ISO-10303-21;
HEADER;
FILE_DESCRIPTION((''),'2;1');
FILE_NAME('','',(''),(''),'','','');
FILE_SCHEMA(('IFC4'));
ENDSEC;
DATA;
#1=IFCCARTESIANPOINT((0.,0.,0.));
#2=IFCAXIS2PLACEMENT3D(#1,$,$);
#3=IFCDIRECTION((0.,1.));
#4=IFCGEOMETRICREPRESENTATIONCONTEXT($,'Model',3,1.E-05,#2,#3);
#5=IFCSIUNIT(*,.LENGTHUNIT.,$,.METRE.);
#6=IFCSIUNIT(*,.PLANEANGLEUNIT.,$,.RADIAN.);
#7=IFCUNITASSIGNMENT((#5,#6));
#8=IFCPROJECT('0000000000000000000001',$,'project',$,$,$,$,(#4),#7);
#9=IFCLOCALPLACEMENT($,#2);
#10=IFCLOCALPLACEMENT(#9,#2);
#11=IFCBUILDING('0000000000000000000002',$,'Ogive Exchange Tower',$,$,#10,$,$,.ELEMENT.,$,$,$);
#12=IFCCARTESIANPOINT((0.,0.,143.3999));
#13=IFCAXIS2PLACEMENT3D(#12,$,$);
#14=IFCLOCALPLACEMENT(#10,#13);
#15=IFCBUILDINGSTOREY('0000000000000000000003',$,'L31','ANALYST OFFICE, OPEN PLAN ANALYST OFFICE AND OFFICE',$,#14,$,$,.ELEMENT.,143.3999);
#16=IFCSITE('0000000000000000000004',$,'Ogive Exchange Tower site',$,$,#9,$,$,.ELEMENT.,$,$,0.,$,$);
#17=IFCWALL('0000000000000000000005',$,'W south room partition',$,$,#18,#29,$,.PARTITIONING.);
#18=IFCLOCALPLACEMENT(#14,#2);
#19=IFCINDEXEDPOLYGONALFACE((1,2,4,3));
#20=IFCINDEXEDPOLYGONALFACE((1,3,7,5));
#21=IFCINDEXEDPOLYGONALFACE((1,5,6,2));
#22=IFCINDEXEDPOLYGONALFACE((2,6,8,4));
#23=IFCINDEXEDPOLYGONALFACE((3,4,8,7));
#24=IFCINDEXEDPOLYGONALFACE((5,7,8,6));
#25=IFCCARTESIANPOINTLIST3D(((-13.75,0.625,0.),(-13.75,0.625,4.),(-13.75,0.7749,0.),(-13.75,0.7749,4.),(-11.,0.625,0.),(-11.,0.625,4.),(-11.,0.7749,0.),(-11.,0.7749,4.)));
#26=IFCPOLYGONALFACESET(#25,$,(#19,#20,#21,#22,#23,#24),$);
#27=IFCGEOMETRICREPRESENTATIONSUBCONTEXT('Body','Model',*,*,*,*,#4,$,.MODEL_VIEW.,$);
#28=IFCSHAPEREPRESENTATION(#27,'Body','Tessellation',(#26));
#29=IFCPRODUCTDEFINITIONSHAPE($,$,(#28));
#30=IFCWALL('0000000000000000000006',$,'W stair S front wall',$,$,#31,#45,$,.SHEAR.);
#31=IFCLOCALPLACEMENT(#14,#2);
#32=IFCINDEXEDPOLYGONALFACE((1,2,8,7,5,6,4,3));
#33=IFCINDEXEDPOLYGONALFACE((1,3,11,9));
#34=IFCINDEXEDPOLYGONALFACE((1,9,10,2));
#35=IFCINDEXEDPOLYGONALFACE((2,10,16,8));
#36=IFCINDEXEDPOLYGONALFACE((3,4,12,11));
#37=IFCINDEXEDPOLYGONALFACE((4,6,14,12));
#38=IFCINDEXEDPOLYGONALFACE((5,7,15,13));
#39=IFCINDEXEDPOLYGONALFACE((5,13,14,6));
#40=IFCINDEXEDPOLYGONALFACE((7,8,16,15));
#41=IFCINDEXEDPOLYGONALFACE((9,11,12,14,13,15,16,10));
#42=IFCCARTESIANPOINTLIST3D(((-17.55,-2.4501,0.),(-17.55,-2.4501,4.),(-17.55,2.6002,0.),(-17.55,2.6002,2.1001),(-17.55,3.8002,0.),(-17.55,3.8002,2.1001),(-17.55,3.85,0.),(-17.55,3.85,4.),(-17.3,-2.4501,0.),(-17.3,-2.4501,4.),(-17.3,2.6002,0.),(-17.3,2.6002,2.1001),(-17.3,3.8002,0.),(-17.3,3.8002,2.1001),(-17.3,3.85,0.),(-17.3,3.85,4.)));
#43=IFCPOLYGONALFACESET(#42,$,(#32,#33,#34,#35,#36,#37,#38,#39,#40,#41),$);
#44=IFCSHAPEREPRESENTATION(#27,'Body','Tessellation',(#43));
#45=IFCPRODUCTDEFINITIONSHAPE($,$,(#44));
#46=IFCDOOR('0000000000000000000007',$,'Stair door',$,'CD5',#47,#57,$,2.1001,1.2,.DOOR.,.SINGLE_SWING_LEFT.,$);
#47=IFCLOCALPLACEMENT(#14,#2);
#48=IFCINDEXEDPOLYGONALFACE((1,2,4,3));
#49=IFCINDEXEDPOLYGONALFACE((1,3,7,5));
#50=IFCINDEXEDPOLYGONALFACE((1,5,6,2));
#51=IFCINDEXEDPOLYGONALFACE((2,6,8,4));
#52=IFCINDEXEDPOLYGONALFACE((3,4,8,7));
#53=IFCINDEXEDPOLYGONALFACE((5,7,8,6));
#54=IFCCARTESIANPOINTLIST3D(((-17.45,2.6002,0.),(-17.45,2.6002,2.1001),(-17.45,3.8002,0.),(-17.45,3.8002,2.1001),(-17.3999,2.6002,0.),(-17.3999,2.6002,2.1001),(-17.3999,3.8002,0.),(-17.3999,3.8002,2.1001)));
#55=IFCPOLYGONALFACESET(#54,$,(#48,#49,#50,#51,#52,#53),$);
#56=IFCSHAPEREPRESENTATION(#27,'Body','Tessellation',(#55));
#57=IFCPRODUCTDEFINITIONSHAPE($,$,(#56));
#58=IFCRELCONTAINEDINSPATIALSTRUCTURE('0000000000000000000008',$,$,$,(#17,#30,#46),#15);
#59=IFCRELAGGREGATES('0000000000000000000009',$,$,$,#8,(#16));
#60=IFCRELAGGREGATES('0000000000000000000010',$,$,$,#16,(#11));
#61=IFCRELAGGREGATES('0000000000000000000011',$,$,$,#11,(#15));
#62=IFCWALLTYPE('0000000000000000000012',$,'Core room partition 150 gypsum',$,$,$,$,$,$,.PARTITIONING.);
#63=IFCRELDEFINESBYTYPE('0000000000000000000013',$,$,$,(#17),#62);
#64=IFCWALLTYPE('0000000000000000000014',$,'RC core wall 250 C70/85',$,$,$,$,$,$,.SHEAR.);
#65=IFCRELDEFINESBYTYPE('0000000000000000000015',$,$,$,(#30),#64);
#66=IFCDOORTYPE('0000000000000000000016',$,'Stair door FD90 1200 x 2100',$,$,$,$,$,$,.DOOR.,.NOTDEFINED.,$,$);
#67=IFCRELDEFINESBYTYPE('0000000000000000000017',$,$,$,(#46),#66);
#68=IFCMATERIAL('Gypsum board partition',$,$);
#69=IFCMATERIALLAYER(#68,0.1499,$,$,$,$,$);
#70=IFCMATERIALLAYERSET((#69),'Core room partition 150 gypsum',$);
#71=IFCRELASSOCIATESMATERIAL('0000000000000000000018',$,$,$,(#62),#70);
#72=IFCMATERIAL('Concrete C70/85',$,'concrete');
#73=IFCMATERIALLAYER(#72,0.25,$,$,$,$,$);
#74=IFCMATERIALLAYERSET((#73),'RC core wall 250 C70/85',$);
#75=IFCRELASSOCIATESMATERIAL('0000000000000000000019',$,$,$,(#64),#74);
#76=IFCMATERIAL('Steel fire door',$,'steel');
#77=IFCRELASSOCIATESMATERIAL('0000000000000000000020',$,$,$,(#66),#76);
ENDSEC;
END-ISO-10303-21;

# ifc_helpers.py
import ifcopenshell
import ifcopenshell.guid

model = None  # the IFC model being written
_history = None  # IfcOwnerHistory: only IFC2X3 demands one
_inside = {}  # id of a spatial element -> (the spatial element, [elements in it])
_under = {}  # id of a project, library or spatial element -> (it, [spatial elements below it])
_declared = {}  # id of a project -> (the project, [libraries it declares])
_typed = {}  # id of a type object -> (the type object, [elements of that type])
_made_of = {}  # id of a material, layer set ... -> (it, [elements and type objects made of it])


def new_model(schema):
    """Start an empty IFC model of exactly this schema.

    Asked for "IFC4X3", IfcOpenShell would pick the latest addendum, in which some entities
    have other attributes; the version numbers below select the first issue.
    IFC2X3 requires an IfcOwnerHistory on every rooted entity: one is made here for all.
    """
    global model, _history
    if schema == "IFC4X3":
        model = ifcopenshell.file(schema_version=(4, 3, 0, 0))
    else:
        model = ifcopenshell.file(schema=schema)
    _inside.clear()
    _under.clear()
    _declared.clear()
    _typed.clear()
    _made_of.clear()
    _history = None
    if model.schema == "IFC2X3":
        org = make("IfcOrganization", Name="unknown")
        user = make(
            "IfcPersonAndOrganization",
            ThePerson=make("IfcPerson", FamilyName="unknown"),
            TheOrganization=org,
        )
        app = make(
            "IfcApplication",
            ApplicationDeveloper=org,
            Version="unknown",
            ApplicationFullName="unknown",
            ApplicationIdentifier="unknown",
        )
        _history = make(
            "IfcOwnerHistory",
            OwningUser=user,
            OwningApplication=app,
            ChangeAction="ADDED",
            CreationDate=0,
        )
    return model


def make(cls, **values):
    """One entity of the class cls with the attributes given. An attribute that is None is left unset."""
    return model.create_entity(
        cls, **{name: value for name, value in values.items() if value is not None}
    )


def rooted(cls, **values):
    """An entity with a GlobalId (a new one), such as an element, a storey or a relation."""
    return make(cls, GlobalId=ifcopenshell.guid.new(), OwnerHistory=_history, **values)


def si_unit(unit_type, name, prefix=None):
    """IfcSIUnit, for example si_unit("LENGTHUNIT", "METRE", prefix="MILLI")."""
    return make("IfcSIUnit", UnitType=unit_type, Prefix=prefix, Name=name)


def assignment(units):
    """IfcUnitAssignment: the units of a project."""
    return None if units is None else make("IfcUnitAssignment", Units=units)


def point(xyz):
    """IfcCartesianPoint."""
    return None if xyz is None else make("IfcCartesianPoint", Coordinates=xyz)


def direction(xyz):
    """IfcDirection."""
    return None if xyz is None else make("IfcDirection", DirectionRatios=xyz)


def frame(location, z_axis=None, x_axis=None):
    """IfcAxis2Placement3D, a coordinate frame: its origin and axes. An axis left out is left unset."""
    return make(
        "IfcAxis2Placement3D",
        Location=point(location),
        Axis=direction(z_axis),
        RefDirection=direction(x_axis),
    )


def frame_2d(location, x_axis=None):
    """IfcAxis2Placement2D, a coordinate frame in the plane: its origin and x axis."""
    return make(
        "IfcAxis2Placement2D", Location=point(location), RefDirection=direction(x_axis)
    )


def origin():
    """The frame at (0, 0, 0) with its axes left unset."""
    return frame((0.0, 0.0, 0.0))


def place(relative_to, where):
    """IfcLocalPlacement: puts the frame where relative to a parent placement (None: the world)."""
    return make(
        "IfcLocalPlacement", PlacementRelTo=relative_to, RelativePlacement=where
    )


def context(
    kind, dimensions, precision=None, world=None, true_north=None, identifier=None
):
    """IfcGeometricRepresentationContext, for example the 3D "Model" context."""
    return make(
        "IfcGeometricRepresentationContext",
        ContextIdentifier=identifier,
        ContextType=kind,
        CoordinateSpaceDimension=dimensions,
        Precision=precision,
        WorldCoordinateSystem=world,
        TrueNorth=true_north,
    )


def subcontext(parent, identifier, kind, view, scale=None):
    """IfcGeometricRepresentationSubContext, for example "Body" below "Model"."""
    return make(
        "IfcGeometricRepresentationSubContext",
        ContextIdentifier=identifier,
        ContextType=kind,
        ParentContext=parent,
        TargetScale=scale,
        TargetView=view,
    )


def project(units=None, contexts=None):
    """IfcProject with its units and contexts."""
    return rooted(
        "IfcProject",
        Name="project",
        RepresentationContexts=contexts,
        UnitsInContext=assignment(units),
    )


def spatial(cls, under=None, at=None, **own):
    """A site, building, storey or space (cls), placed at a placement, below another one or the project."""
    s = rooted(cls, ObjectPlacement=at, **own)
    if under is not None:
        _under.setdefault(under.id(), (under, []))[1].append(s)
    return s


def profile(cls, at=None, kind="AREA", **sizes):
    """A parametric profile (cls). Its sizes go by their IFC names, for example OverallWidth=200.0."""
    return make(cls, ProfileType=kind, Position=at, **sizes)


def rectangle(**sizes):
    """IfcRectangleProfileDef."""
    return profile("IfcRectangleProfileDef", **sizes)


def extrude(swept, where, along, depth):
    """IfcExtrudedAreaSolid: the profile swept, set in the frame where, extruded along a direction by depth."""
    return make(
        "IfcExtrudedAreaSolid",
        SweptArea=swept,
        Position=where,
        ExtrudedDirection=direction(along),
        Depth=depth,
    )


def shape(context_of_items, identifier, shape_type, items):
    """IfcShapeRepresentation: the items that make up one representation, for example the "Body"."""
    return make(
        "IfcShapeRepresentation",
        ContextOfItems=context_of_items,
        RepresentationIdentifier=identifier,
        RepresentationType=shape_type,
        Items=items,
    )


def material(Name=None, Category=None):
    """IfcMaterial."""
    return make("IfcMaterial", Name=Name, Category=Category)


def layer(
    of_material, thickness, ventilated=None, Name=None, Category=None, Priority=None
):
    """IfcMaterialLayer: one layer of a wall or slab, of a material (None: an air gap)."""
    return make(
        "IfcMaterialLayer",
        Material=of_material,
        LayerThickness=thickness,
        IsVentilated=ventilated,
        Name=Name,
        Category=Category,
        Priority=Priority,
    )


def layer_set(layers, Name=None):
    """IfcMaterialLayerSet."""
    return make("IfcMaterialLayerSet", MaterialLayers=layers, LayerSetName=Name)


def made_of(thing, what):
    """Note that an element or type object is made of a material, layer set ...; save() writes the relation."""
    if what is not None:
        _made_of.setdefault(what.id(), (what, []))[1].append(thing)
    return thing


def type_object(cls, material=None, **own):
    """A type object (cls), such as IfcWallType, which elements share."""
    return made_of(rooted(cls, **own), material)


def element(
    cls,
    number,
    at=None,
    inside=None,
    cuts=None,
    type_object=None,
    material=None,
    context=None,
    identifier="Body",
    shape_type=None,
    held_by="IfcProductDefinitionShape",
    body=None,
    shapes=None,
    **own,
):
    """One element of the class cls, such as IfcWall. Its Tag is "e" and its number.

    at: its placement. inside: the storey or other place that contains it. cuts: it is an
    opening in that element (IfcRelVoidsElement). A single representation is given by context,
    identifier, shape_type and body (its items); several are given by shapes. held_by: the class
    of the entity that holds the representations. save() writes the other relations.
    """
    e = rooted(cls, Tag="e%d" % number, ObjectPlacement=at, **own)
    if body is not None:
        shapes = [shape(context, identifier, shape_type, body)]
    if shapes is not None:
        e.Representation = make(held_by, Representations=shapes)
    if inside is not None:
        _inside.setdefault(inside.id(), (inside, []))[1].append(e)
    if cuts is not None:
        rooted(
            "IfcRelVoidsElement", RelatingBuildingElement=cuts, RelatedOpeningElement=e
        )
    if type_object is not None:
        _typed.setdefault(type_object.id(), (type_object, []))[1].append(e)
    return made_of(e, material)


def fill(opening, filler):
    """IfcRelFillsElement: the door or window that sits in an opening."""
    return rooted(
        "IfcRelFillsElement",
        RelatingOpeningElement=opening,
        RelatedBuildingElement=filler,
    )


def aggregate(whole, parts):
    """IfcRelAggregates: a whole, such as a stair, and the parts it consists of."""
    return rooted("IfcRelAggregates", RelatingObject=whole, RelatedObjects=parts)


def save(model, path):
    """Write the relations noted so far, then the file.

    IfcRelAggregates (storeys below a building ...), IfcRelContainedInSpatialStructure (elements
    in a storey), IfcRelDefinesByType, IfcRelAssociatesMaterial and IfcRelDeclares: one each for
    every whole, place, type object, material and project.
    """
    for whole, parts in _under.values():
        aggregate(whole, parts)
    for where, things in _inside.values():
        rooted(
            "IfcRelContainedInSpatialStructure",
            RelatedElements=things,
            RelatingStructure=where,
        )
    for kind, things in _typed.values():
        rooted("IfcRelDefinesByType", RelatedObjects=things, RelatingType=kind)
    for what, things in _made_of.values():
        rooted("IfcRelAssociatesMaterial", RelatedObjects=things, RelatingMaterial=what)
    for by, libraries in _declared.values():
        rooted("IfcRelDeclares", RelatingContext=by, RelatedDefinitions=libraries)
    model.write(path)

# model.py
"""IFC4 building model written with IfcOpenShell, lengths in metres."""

from ifc_helpers import new_model, si_unit, direction, frame, frame_2d, origin, place, context, subcontext, project, spatial, rectangle, extrude, material, layer, layer_set, type_object, element, fill, save


model = new_model("IFC4")

# Units and contexts
model_context = context("Model", 3, precision=1e-05, world=origin(), true_north=direction((0.0, 1.0)))
body_context = subcontext(model_context, "Body", "Model", "MODEL_VIEW")
ifc_project = project(units=[si_unit("LENGTHUNIT", "METRE"), si_unit("PLANEANGLEUNIT", "RADIAN")], contexts=[model_context])

# Site, building, storey
site_placement = place(None, origin())
site = spatial("IfcSite", under=ifc_project, at=site_placement, Name="Ogive Exchange Tower site", CompositionType="ELEMENT", RefElevation=0.0)
building_placement = place(site_placement, origin())
building = spatial("IfcBuilding", under=site, at=building_placement, Name="Ogive Exchange Tower", CompositionType="ELEMENT")
storey_placement = place(building_placement, frame((0.0, 0.0, 143.3999)))
storey = spatial("IfcBuildingStorey", under=building, at=storey_placement, Name="L31", Description="ANALYST OFFICE, OPEN PLAN ANALYST OFFICE AND OFFICE", CompositionType="ELEMENT", Elevation=143.3999)

# Wall
ifc_material_1 = material(Name="Gypsum board partition")
ifc_layer_1 = layer(ifc_material_1, 0.1499)
ifc_layer_set_1 = layer_set([ifc_layer_1], Name="Core room partition 150 gypsum")
wall_type_1 = type_object("IfcWallType", Name="Core room partition 150 gypsum", PredefinedType="PARTITIONING", material=ifc_layer_set_1)
wall_1_placement = place(storey_placement, frame((-13.75, 0.7, 0.0), z_axis=(0.0, 0.0, 1.0), x_axis=(1.0, 0.0, 0.0)))
element("IfcWall", 1, at=wall_1_placement, inside=storey, type_object=wall_type_1, Name="W south room partition", PredefinedType="PARTITIONING", context=body_context, shape_type="SweptSolid", body=[
    extrude(rectangle(XDim=2.75, YDim=0.1499, at=frame_2d((1.375, 0.0))), origin(), (0.0, 0.0, 1.0), 4.0),
])

# Wall, opening, door
ifc_material_2 = material(Name="Concrete C70/85", Category="concrete")
ifc_layer_2 = layer(ifc_material_2, 0.25)
ifc_layer_set_2 = layer_set([ifc_layer_2], Name="RC core wall 250 C70/85")
wall_type_2 = type_object("IfcWallType", Name="RC core wall 250 C70/85", PredefinedType="SHEAR", material=ifc_layer_set_2)
wall_2_placement = place(storey_placement, frame((-17.425, -2.45, 0.0), z_axis=(0.0, 0.0, 1.0), x_axis=(0.0, 1.0, 0.0)))
wall_2 = element("IfcWall", 2, at=wall_2_placement, inside=storey, type_object=wall_type_2, Name="W stair S front wall", PredefinedType="SHEAR", context=body_context, shape_type="SweptSolid", body=[
    extrude(rectangle(XDim=6.3, YDim=0.25, at=frame_2d((3.1499, 0.0))), origin(), (0.0, 0.0, 1.0), 4.0),
])
opening_1_placement = place(wall_2_placement, frame((5.05, 0.0, 0.0)))
opening_1 = element("IfcOpeningElement", 3, at=opening_1_placement, cuts=wall_2, PredefinedType="OPENING", context=body_context, shape_type="SweptSolid", body=[
    extrude(rectangle(XDim=1.2, YDim=2.1001, at=frame_2d((0.6001, 1.05))), frame((0.0, 0.135, 0.0), z_axis=(0.0, -1.0, 0.0), x_axis=(1.0, 0.0, 0.0)), (0.0, 0.0, 1.0), 0.27),
])
ifc_material_3 = material(Name="Steel fire door", Category="steel")
door_type_1 = type_object("IfcDoorType", Name="Stair door FD90 1200 x 2100", OperationType="NOTDEFINED", PredefinedType="DOOR", material=ifc_material_3)
door_1_placement = place(opening_1_placement, origin())
door_1 = element("IfcDoor", 4, at=door_1_placement, inside=storey, type_object=door_type_1, Name="Stair door", ObjectType="CD5", OperationType="SINGLE_SWING_LEFT", OverallHeight=2.1001, OverallWidth=1.2, PredefinedType="DOOR", context=body_context, shape_type="SweptSolid", body=[
    extrude(rectangle(XDim=1.2, YDim=2.1001, at=frame_2d((0.6001, 1.05))), frame((0.0, 0.0249, 0.0), z_axis=(0.0, -1.0, 0.0), x_axis=(1.0, 0.0, 0.0)), (0.0, 0.0, 1.0), 0.05),
])
fill(opening_1, door_1)

save(model, "model.ifc")
